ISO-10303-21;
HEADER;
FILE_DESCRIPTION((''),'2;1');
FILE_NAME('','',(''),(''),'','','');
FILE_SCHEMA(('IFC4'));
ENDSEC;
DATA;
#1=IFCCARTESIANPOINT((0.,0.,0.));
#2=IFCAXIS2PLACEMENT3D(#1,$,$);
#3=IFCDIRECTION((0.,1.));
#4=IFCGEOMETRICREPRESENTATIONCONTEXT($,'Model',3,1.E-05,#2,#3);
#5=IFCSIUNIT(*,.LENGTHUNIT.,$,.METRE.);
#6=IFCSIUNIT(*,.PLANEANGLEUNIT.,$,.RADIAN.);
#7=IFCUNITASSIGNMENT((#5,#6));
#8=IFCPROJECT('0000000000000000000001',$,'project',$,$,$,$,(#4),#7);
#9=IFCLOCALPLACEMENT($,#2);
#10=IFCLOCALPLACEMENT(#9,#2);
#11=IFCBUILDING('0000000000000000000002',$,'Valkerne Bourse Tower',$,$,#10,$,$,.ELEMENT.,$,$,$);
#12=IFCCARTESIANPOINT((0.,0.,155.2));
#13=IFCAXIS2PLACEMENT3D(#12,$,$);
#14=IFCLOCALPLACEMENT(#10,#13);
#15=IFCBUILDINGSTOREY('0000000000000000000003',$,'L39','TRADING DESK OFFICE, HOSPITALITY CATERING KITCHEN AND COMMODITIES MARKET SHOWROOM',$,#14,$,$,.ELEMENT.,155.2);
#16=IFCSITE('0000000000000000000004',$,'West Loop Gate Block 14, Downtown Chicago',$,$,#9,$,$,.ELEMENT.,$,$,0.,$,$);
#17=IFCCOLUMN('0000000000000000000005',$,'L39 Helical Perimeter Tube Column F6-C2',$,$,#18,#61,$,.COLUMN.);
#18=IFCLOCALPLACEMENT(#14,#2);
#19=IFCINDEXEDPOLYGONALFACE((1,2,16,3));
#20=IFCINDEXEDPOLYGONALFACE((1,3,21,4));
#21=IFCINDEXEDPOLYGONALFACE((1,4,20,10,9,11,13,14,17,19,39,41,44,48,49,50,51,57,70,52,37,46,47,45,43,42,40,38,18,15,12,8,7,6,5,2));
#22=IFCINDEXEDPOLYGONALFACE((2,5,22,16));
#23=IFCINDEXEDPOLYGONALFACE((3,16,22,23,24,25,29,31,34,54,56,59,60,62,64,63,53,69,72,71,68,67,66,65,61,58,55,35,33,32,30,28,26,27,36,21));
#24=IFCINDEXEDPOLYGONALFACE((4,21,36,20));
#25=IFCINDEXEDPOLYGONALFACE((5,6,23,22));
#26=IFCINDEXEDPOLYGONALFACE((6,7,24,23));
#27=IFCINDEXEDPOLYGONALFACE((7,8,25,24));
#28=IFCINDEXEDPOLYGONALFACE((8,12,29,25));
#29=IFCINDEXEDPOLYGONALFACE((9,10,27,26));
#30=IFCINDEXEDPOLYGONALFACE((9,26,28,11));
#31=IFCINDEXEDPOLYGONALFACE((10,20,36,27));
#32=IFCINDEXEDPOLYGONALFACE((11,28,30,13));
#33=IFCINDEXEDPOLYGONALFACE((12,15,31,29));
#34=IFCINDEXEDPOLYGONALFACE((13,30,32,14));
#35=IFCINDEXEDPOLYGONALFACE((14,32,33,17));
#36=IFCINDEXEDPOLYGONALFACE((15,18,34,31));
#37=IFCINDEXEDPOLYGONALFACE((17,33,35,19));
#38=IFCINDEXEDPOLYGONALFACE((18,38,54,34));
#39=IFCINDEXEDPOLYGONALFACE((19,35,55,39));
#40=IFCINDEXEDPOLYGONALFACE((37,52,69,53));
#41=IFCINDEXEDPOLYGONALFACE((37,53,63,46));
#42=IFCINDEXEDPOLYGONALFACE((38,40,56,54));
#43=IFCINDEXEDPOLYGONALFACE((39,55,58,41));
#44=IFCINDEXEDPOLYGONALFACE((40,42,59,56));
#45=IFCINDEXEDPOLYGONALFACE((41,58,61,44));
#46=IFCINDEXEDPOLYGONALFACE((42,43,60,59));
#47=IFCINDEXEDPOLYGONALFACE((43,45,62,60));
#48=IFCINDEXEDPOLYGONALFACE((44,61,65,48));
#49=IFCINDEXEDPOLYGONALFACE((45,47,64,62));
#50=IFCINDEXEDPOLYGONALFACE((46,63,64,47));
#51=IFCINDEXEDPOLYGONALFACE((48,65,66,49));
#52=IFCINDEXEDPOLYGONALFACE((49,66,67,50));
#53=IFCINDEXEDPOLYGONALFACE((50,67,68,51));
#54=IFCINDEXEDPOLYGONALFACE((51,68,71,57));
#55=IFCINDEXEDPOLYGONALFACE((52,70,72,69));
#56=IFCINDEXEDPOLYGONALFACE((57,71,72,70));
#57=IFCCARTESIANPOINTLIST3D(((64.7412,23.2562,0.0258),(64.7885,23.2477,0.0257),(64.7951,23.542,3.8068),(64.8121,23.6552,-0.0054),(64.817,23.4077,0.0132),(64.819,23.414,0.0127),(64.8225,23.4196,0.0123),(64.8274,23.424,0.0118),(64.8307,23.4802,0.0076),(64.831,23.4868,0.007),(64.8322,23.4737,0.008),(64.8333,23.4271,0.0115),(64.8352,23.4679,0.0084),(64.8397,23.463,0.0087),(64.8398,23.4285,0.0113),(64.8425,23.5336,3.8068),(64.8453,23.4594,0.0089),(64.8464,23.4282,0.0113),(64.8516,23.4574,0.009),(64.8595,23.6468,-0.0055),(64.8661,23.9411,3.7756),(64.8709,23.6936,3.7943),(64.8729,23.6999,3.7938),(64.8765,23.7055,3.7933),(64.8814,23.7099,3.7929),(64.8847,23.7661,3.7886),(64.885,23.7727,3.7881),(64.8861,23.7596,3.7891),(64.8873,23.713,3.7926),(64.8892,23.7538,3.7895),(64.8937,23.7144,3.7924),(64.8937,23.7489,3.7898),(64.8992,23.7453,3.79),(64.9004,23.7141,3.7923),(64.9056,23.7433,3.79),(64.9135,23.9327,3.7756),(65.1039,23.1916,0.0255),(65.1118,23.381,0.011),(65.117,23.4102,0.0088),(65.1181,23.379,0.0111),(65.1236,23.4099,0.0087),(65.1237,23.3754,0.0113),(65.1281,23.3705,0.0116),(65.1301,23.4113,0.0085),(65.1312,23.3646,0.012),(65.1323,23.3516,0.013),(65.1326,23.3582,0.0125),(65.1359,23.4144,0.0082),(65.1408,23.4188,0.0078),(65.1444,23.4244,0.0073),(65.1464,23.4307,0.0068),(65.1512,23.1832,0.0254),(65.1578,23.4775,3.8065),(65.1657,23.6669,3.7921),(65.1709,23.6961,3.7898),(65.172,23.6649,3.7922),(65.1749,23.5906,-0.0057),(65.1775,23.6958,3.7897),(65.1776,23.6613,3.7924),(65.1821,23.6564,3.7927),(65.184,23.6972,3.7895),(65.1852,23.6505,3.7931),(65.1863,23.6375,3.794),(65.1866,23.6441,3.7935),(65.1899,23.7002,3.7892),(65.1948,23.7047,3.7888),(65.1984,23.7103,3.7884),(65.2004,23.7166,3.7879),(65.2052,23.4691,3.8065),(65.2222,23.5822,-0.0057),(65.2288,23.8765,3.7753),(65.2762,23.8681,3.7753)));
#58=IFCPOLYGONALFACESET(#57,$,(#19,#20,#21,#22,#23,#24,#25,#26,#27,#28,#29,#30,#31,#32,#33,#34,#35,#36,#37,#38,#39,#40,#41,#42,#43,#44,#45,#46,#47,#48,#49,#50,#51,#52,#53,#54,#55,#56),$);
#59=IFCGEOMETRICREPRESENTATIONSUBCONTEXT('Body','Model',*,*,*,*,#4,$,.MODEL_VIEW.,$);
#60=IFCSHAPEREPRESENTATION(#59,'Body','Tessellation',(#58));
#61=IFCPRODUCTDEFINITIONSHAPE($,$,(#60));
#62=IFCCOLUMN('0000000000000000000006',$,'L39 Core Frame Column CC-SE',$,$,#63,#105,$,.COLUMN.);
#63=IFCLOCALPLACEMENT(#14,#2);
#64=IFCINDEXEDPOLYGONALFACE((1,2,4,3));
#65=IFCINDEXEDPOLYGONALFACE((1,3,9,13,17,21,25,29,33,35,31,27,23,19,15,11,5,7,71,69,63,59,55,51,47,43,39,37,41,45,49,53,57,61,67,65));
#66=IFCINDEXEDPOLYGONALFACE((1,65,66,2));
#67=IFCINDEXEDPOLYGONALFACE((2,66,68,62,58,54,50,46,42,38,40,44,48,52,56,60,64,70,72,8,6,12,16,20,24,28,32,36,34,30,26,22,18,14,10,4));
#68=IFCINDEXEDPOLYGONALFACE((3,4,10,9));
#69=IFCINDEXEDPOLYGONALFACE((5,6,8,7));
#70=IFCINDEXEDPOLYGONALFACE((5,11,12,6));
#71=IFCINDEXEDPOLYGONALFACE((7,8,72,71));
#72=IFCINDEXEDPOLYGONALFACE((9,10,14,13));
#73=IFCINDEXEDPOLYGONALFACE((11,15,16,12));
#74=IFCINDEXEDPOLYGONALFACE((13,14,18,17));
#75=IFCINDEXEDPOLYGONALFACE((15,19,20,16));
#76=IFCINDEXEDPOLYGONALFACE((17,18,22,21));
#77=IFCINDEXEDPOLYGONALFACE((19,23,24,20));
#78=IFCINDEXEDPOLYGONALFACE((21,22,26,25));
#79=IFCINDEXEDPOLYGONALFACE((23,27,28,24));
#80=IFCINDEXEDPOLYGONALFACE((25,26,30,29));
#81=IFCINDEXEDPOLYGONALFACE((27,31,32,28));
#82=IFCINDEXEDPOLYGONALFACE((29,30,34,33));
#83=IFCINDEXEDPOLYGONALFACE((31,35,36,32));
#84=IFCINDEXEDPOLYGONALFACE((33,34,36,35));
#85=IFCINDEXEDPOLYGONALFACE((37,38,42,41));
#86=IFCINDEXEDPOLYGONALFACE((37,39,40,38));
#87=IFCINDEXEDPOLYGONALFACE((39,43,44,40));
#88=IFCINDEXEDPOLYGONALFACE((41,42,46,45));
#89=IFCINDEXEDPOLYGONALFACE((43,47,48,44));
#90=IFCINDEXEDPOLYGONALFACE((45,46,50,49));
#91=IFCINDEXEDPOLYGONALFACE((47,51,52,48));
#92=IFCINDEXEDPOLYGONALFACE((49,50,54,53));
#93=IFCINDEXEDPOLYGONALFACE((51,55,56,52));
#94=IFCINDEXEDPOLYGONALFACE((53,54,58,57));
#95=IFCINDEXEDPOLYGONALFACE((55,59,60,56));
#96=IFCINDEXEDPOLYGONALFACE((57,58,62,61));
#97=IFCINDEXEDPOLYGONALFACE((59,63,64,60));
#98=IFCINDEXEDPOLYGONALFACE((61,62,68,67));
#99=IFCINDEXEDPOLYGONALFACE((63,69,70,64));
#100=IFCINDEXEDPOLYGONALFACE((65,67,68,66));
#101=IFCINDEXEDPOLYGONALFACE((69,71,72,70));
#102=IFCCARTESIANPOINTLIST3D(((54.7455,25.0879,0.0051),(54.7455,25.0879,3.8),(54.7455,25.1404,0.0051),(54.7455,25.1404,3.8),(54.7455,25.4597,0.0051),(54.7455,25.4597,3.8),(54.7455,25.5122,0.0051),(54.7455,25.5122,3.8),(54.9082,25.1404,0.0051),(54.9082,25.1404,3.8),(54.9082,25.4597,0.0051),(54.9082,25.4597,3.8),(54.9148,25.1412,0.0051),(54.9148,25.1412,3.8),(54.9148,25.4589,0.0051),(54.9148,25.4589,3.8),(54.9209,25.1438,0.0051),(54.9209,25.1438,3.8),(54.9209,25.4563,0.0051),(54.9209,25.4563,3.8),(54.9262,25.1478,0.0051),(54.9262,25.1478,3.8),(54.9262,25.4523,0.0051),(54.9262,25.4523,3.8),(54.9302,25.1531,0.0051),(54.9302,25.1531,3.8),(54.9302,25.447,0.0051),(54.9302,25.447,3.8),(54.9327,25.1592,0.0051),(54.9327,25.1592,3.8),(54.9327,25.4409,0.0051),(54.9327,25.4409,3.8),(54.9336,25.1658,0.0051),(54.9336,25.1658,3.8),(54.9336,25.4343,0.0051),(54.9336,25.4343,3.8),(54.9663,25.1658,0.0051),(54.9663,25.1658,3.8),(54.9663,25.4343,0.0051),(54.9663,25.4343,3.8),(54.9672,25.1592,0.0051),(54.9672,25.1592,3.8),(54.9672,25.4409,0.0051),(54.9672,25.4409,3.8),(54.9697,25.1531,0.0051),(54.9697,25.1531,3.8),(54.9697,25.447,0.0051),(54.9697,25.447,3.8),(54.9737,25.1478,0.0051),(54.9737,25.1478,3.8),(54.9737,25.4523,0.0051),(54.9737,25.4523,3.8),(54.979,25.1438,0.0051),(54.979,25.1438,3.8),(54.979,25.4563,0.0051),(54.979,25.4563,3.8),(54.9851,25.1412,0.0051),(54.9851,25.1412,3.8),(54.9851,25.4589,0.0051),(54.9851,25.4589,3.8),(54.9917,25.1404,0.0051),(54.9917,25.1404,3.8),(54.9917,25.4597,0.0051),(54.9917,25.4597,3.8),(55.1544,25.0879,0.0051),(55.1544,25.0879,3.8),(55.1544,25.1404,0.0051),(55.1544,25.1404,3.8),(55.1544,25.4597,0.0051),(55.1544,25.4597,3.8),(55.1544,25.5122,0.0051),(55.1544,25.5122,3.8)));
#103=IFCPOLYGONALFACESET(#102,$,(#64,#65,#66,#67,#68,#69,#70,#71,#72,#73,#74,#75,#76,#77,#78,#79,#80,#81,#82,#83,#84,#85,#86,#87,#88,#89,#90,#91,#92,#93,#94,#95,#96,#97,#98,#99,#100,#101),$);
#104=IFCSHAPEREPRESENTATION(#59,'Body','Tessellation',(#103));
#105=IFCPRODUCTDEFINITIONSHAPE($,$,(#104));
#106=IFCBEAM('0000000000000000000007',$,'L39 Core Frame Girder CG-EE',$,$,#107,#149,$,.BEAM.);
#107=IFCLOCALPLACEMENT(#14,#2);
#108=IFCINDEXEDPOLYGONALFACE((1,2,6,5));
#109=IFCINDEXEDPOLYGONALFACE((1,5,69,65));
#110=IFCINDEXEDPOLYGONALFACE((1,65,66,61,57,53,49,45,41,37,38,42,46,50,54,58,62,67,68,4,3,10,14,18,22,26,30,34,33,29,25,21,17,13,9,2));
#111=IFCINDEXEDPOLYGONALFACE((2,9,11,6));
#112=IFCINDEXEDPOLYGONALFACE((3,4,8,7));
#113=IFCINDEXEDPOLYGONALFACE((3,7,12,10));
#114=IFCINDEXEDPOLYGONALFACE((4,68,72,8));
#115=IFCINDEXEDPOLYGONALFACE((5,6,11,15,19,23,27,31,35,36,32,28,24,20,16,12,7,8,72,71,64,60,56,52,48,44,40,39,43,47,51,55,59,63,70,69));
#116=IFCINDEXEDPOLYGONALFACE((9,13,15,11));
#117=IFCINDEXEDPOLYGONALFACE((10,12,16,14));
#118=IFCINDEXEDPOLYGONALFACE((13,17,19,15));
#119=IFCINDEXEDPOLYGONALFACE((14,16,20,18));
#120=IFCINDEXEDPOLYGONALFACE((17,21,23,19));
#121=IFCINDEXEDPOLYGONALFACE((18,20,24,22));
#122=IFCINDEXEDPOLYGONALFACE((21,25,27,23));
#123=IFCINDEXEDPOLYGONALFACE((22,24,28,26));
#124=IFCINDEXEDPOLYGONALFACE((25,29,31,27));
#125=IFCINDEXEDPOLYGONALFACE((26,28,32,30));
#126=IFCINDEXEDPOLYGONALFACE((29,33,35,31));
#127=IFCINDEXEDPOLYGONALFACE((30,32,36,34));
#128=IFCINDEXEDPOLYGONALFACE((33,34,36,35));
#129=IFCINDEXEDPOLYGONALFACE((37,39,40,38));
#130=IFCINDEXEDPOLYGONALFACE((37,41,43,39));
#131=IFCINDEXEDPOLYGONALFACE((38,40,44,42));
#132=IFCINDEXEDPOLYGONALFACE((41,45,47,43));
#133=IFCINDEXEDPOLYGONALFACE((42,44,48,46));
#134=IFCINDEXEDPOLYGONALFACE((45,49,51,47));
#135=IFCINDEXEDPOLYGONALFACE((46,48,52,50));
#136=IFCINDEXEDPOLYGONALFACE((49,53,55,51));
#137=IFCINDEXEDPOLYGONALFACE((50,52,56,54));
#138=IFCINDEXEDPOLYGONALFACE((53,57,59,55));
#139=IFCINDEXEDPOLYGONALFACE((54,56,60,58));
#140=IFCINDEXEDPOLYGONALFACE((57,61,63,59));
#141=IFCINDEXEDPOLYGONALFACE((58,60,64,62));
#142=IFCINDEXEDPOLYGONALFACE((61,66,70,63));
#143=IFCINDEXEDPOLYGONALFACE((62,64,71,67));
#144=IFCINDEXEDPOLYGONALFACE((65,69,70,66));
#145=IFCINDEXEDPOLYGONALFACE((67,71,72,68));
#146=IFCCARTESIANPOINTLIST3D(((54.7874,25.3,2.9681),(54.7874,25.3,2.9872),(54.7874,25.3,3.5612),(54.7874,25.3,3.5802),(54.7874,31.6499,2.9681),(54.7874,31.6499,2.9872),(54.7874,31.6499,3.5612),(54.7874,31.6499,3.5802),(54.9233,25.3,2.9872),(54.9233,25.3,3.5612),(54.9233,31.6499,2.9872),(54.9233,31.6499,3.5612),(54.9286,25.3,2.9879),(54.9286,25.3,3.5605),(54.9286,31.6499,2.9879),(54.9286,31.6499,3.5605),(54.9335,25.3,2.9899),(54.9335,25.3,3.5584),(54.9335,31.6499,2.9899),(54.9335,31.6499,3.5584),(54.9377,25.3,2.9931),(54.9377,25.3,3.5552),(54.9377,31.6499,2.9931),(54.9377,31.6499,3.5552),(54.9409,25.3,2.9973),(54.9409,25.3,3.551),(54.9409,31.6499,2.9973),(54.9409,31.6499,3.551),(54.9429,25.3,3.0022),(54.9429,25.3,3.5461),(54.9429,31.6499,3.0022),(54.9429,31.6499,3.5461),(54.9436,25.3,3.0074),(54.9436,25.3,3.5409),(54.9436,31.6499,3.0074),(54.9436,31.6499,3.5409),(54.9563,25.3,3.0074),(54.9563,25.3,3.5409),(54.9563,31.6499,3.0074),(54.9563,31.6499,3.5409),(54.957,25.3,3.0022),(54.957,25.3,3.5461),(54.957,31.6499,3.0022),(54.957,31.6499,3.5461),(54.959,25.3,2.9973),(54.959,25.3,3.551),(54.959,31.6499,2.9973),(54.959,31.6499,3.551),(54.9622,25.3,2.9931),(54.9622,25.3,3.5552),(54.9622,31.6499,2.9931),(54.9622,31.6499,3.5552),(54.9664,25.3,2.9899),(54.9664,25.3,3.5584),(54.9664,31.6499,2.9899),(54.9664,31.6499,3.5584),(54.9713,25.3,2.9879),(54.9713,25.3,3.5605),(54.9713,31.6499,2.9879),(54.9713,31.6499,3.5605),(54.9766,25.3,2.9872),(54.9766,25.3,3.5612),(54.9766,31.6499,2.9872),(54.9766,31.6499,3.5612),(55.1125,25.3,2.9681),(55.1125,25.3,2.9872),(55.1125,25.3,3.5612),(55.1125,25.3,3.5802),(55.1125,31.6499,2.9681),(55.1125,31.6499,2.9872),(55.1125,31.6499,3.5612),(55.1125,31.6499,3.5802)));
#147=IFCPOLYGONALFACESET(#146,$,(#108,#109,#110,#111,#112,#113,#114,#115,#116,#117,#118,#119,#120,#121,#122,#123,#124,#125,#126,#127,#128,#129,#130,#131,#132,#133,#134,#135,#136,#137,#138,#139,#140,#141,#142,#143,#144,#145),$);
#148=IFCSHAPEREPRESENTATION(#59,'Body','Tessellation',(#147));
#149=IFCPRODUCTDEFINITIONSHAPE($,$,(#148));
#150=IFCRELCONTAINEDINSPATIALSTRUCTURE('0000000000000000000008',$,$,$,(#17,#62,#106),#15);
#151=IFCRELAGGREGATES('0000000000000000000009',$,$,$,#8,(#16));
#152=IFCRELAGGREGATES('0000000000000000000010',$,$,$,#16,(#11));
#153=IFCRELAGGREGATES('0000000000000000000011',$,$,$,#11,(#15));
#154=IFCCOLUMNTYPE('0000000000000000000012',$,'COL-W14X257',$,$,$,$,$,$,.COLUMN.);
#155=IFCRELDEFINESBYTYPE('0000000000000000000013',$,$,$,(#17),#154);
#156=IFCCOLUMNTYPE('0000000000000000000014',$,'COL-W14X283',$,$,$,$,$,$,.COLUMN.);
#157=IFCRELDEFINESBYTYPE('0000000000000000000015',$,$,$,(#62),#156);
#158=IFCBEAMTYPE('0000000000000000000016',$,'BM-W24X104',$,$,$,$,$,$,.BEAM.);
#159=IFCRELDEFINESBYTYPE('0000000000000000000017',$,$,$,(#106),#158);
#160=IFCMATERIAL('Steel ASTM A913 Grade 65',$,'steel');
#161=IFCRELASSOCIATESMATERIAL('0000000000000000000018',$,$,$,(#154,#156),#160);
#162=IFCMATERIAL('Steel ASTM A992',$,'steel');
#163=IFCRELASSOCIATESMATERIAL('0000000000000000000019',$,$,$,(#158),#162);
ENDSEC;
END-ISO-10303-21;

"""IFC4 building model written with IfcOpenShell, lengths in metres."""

from ifc_helpers import new_model, si_unit, direction, frame, origin, origin_2d, place, context, subcontext, project, spatial, i_section, extrude, material, material_profile, profile_set, type_object, element, save


model = new_model("IFC4")

# Units and contexts
model_context = context("Model", 3, precision=1e-05, world=origin(), true_north=direction((0.0, 1.0)))
body_context = subcontext(model_context, "Body", "Model", "MODEL_VIEW")
ifc_project = project(units=[si_unit("LENGTHUNIT", "METRE"), si_unit("PLANEANGLEUNIT", "RADIAN")], contexts=[model_context])

# Site, building, storey
site_placement = place(None, origin())
site = spatial("IfcSite", under=ifc_project, at=site_placement, Name="West Loop Gate Block 14, Downtown Chicago", CompositionType="ELEMENT", RefElevation=0.0)
building_placement = place(site_placement, origin())
building = spatial("IfcBuilding", under=site, at=building_placement, Name="Valkerne Bourse Tower", CompositionType="ELEMENT")
storey_placement = place(building_placement, frame((0.0, 0.0, 155.2)))
storey = spatial("IfcBuildingStorey", under=building, at=storey_placement, Name="L39", Description="TRADING DESK OFFICE, HOSPITALITY CATERING KITCHEN AND COMMODITIES MARKET SHOWROOM", CompositionType="ELEMENT", Elevation=155.2)

# Columns
ifc_material_1 = material(Name="Steel ASTM A913 Grade 65", Category="steel")
ifc_material_profile_1 = material_profile(ifc_material_1, i_section(OverallWidth=0.4065, OverallDepth=0.4165, WebThickness=0.0298, FlangeThickness=0.0481, FilletRadius=0.0254, at=origin_2d()), Name="W14X257")
ifc_profile_set_1 = profile_set([ifc_material_profile_1], Name="Steel ASTM A913 Grade 65")
column_type_1 = type_object("IfcColumnType", Name="COL-W14X257", PredefinedType="COLUMN", material=ifc_profile_set_1)
column_1_placement = place(storey_placement, frame((64.9817, 23.4192, 0.01), z_axis=(0.014228, 0.075389, 0.997053), x_axis=(-0.174607, -0.981645, 0.076716)))
element("IfcColumn", 1, at=column_1_placement, inside=storey, type_object=column_type_1, Name="L39 Helical Perimeter Tube Column F6-C2", PredefinedType="COLUMN", context=body_context, shape_type="SweptSolid", body=[
    extrude(i_section(OverallWidth=0.4065, OverallDepth=0.4165, WebThickness=0.0298, FlangeThickness=0.0481, FilletRadius=0.0254, at=origin_2d()), origin(), (0.0, 0.0, 1.0), 3.7922),
])
ifc_material_profile_2 = material_profile(ifc_material_1, i_section(OverallWidth=0.4089, OverallDepth=0.4243, WebThickness=0.0327, FlangeThickness=0.0525, FilletRadius=0.0254, at=origin_2d()), Name="W14X283")
ifc_profile_set_2 = profile_set([ifc_material_profile_2], Name="Steel ASTM A913 Grade 65")
column_type_2 = type_object("IfcColumnType", Name="COL-W14X283", PredefinedType="COLUMN", material=ifc_profile_set_2)
column_2_placement = place(storey_placement, frame((54.95, 25.3, 0.0051), z_axis=(0.0, 0.0, 1.0), x_axis=(1.0, 0.0, 0.0)))
element("IfcColumn", 2, at=column_2_placement, inside=storey, type_object=column_type_2, Name="L39 Core Frame Column CC-SE", PredefinedType="COLUMN", context=body_context, shape_type="SweptSolid", body=[
    extrude(i_section(OverallWidth=0.4089, OverallDepth=0.4243, WebThickness=0.0327, FlangeThickness=0.0525, FilletRadius=0.0254, at=origin_2d()), origin(), (0.0, 0.0, 1.0), 3.7949),
])

# Beam
ifc_material_2 = material(Name="Steel ASTM A992", Category="steel")
ifc_material_profile_3 = material_profile(ifc_material_2, i_section(OverallWidth=0.3252, OverallDepth=0.6121, WebThickness=0.0127, FlangeThickness=0.019, FilletRadius=0.0203, at=origin_2d()), Name="W24X104")
ifc_profile_set_3 = profile_set([ifc_material_profile_3], Name="Steel ASTM A992")
beam_type_1 = type_object("IfcBeamType", Name="BM-W24X104", PredefinedType="BEAM", material=ifc_profile_set_3)
beam_1_placement = place(storey_placement, frame((54.95, 25.3, 3.2742), z_axis=(0.0, 1.0, 0.0), x_axis=(-1.0, 0.0, 0.0)))
element("IfcBeam", 3, at=beam_1_placement, inside=storey, type_object=beam_type_1, Name="L39 Core Frame Girder CG-EE", PredefinedType="BEAM", context=body_context, shape_type="SweptSolid", body=[
    extrude(i_section(OverallWidth=0.3252, OverallDepth=0.6121, WebThickness=0.0127, FlangeThickness=0.019, FilletRadius=0.0203, at=origin_2d()), origin(), (0.0, 0.0, 1.0), 6.3499),
])

save(model, "model.ifc")
